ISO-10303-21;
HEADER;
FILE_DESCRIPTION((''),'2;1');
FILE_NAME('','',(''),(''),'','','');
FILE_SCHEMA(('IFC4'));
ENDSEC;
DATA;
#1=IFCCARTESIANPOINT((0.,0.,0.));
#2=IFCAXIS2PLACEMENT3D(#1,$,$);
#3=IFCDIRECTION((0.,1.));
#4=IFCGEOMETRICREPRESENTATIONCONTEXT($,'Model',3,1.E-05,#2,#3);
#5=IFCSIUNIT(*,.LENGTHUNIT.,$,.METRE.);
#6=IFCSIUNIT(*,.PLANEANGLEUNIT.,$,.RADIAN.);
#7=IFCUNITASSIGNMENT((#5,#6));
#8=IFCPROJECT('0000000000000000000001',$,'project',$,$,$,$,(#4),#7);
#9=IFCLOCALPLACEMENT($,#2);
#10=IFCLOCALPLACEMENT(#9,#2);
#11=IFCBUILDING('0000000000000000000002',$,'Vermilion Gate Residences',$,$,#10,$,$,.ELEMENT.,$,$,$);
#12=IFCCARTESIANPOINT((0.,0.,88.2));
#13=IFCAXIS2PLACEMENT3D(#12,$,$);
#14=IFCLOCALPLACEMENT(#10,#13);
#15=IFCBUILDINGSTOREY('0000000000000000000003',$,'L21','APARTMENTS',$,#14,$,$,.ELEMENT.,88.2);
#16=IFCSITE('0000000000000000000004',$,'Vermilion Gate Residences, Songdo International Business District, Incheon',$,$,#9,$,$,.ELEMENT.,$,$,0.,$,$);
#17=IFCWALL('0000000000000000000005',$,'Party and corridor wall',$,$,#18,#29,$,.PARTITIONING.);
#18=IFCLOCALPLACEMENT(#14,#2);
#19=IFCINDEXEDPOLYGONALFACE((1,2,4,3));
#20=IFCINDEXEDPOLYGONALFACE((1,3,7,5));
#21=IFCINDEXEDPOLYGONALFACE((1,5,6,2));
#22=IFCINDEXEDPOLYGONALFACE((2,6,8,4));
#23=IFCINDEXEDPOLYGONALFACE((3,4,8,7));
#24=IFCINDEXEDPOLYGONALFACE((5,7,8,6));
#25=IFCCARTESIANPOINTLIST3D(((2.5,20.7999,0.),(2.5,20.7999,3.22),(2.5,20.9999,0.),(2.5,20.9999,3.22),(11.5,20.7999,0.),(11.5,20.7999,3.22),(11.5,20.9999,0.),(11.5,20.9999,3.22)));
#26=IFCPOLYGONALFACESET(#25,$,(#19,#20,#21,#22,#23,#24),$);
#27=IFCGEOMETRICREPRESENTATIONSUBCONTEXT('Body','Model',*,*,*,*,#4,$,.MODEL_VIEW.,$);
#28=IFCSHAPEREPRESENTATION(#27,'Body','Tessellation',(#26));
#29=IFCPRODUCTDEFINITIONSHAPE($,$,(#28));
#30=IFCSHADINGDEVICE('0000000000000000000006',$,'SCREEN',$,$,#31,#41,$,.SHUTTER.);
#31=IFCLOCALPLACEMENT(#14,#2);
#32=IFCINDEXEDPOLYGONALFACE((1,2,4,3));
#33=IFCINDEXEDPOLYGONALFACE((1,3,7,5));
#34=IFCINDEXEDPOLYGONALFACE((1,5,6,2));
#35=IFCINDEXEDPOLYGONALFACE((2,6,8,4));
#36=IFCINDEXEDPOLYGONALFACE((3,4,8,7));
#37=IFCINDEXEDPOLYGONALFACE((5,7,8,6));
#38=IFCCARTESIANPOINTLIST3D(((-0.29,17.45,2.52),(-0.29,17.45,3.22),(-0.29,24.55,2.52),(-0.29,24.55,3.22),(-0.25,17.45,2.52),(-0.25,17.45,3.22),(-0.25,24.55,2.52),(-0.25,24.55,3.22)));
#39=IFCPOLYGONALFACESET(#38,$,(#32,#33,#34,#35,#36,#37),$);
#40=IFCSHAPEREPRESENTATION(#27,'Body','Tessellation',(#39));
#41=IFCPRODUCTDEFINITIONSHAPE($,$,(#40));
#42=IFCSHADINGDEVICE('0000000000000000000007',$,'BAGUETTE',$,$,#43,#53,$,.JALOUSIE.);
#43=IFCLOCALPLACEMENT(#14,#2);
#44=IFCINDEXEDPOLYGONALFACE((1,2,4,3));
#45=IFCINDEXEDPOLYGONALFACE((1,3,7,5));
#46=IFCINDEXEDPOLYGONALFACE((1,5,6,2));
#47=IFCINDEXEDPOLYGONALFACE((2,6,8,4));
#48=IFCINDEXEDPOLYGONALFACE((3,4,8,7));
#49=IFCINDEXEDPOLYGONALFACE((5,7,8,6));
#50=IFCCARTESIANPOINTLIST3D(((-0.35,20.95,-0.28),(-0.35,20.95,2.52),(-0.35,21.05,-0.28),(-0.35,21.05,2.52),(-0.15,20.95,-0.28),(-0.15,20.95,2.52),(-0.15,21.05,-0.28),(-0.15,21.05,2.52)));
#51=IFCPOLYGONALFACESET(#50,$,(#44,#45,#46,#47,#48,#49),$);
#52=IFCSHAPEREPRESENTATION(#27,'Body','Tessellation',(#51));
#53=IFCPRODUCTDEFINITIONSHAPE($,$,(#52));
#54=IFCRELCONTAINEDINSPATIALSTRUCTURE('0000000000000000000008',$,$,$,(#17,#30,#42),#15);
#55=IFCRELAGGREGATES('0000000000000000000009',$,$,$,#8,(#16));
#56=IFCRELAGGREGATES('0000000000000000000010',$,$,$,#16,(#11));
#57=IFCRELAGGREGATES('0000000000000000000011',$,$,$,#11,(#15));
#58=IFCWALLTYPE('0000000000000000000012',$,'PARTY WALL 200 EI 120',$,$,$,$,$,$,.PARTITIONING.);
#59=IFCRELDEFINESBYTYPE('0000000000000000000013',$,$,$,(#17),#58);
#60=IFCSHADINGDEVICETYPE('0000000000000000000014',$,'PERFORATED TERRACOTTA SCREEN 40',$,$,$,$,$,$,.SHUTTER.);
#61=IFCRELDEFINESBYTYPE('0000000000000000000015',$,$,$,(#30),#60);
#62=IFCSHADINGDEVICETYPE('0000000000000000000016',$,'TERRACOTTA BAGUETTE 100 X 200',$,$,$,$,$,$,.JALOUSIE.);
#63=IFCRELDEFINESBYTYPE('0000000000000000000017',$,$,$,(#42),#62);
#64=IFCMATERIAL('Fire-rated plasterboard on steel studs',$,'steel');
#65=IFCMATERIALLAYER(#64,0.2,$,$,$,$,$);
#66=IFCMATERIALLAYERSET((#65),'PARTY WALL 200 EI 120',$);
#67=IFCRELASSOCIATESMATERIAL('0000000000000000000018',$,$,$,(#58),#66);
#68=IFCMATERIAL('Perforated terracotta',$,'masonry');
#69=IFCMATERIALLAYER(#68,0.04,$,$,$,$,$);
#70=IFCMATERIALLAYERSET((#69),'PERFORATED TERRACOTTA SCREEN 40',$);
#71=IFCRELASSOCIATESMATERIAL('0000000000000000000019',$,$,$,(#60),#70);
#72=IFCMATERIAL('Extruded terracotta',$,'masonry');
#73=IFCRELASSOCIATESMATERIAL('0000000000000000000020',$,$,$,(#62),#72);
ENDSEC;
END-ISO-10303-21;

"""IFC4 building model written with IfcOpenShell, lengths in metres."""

from ifc_helpers import new_model, si_unit, direction, frame, frame_2d, origin, origin_2d, place, context, subcontext, project, spatial, rectangle, extrude, material, layer, layer_set, material_profile, profile_set, type_object, element, save


model = new_model("IFC4")

# Units and contexts
model_context = context("Model", 3, precision=1e-05, world=origin(), true_north=direction((0.0, 1.0)))
body_context = subcontext(model_context, "Body", "Model", "MODEL_VIEW")
ifc_project = project(units=[si_unit("LENGTHUNIT", "METRE"), si_unit("PLANEANGLEUNIT", "RADIAN")], contexts=[model_context])

# Site, building, storey
site_placement = place(None, origin())
site = spatial("IfcSite", under=ifc_project, at=site_placement, Name="Vermilion Gate Residences, Songdo International Business District, Incheon", CompositionType="ELEMENT", RefElevation=0.0)
building_placement = place(site_placement, origin())
building = spatial("IfcBuilding", under=site, at=building_placement, Name="Vermilion Gate Residences", CompositionType="ELEMENT")
storey_placement = place(building_placement, frame((0.0, 0.0, 88.2)))
storey = spatial("IfcBuildingStorey", under=building, at=storey_placement, Name="L21", Description="APARTMENTS", CompositionType="ELEMENT", Elevation=88.2)

# Wall
ifc_material_1 = material(Name="Fire-rated plasterboard on steel studs", Category="steel")
ifc_layer_1 = layer(ifc_material_1, 0.2)
ifc_layer_set_1 = layer_set([ifc_layer_1], Name="PARTY WALL 200 EI 120")
wall_type_1 = type_object("IfcWallType", Name="PARTY WALL 200 EI 120", PredefinedType="PARTITIONING", material=ifc_layer_set_1)
wall_1_placement = place(storey_placement, frame((2.5, 20.8999, 0.0), z_axis=(0.0, 0.0, 1.0), x_axis=(1.0, 0.0, 0.0)))
element("IfcWall", 1, at=wall_1_placement, inside=storey, type_object=wall_type_1, Name="Party and corridor wall", PredefinedType="PARTITIONING", context=body_context, shape_type="SweptSolid", body=[
    extrude(rectangle(XDim=9.0, YDim=0.2, at=frame_2d((4.5, 0.0))), origin(), (0.0, 0.0, 1.0), 3.22),
])

# Shading devices
ifc_material_2 = material(Name="Perforated terracotta", Category="masonry")
ifc_layer_2 = layer(ifc_material_2, 0.04)
ifc_layer_set_2 = layer_set([ifc_layer_2], Name="PERFORATED TERRACOTTA SCREEN 40")
shading_device_type_1 = type_object("IfcShadingDeviceType", Name="PERFORATED TERRACOTTA SCREEN 40", PredefinedType="SHUTTER", material=ifc_layer_set_2)
shading_device_1_placement = place(storey_placement, frame((-0.27, 21.0, 2.52), z_axis=(0.0, 0.0, 1.0), x_axis=(0.0, -1.0, 0.0)))
element("IfcShadingDevice", 2, at=shading_device_1_placement, inside=storey, type_object=shading_device_type_1, Name="SCREEN", PredefinedType="SHUTTER", context=body_context, shape_type="SweptSolid", body=[
    extrude(rectangle(XDim=7.1001, YDim=0.04, at=origin_2d()), origin(), (0.0, 0.0, 1.0), 0.7),
])
ifc_material_3 = material(Name="Extruded terracotta", Category="masonry")
ifc_material_profile_1 = material_profile(ifc_material_3, rectangle(XDim=0.2, YDim=0.1001, at=origin_2d()), Name="BAGUETTE 100 X 200")
ifc_profile_set_1 = profile_set([ifc_material_profile_1], Name="Extruded terracotta")
shading_device_type_2 = type_object("IfcShadingDeviceType", Name="TERRACOTTA BAGUETTE 100 X 200", PredefinedType="JALOUSIE", material=ifc_profile_set_1)
shading_device_2_placement = place(storey_placement, frame((-0.25, 21.0, -0.28), z_axis=(0.0, 0.0, 1.0), x_axis=(1.0, 0.0, 0.0)))
element("IfcShadingDevice", 3, at=shading_device_2_placement, inside=storey, type_object=shading_device_type_2, Name="BAGUETTE", PredefinedType="JALOUSIE", context=body_context, shape_type="SweptSolid", body=[
    extrude(rectangle(XDim=0.2, YDim=0.1001, at=origin_2d()), origin(), (0.0, 0.0, 1.0), 2.8),
])

save(model, "model.ifc")
